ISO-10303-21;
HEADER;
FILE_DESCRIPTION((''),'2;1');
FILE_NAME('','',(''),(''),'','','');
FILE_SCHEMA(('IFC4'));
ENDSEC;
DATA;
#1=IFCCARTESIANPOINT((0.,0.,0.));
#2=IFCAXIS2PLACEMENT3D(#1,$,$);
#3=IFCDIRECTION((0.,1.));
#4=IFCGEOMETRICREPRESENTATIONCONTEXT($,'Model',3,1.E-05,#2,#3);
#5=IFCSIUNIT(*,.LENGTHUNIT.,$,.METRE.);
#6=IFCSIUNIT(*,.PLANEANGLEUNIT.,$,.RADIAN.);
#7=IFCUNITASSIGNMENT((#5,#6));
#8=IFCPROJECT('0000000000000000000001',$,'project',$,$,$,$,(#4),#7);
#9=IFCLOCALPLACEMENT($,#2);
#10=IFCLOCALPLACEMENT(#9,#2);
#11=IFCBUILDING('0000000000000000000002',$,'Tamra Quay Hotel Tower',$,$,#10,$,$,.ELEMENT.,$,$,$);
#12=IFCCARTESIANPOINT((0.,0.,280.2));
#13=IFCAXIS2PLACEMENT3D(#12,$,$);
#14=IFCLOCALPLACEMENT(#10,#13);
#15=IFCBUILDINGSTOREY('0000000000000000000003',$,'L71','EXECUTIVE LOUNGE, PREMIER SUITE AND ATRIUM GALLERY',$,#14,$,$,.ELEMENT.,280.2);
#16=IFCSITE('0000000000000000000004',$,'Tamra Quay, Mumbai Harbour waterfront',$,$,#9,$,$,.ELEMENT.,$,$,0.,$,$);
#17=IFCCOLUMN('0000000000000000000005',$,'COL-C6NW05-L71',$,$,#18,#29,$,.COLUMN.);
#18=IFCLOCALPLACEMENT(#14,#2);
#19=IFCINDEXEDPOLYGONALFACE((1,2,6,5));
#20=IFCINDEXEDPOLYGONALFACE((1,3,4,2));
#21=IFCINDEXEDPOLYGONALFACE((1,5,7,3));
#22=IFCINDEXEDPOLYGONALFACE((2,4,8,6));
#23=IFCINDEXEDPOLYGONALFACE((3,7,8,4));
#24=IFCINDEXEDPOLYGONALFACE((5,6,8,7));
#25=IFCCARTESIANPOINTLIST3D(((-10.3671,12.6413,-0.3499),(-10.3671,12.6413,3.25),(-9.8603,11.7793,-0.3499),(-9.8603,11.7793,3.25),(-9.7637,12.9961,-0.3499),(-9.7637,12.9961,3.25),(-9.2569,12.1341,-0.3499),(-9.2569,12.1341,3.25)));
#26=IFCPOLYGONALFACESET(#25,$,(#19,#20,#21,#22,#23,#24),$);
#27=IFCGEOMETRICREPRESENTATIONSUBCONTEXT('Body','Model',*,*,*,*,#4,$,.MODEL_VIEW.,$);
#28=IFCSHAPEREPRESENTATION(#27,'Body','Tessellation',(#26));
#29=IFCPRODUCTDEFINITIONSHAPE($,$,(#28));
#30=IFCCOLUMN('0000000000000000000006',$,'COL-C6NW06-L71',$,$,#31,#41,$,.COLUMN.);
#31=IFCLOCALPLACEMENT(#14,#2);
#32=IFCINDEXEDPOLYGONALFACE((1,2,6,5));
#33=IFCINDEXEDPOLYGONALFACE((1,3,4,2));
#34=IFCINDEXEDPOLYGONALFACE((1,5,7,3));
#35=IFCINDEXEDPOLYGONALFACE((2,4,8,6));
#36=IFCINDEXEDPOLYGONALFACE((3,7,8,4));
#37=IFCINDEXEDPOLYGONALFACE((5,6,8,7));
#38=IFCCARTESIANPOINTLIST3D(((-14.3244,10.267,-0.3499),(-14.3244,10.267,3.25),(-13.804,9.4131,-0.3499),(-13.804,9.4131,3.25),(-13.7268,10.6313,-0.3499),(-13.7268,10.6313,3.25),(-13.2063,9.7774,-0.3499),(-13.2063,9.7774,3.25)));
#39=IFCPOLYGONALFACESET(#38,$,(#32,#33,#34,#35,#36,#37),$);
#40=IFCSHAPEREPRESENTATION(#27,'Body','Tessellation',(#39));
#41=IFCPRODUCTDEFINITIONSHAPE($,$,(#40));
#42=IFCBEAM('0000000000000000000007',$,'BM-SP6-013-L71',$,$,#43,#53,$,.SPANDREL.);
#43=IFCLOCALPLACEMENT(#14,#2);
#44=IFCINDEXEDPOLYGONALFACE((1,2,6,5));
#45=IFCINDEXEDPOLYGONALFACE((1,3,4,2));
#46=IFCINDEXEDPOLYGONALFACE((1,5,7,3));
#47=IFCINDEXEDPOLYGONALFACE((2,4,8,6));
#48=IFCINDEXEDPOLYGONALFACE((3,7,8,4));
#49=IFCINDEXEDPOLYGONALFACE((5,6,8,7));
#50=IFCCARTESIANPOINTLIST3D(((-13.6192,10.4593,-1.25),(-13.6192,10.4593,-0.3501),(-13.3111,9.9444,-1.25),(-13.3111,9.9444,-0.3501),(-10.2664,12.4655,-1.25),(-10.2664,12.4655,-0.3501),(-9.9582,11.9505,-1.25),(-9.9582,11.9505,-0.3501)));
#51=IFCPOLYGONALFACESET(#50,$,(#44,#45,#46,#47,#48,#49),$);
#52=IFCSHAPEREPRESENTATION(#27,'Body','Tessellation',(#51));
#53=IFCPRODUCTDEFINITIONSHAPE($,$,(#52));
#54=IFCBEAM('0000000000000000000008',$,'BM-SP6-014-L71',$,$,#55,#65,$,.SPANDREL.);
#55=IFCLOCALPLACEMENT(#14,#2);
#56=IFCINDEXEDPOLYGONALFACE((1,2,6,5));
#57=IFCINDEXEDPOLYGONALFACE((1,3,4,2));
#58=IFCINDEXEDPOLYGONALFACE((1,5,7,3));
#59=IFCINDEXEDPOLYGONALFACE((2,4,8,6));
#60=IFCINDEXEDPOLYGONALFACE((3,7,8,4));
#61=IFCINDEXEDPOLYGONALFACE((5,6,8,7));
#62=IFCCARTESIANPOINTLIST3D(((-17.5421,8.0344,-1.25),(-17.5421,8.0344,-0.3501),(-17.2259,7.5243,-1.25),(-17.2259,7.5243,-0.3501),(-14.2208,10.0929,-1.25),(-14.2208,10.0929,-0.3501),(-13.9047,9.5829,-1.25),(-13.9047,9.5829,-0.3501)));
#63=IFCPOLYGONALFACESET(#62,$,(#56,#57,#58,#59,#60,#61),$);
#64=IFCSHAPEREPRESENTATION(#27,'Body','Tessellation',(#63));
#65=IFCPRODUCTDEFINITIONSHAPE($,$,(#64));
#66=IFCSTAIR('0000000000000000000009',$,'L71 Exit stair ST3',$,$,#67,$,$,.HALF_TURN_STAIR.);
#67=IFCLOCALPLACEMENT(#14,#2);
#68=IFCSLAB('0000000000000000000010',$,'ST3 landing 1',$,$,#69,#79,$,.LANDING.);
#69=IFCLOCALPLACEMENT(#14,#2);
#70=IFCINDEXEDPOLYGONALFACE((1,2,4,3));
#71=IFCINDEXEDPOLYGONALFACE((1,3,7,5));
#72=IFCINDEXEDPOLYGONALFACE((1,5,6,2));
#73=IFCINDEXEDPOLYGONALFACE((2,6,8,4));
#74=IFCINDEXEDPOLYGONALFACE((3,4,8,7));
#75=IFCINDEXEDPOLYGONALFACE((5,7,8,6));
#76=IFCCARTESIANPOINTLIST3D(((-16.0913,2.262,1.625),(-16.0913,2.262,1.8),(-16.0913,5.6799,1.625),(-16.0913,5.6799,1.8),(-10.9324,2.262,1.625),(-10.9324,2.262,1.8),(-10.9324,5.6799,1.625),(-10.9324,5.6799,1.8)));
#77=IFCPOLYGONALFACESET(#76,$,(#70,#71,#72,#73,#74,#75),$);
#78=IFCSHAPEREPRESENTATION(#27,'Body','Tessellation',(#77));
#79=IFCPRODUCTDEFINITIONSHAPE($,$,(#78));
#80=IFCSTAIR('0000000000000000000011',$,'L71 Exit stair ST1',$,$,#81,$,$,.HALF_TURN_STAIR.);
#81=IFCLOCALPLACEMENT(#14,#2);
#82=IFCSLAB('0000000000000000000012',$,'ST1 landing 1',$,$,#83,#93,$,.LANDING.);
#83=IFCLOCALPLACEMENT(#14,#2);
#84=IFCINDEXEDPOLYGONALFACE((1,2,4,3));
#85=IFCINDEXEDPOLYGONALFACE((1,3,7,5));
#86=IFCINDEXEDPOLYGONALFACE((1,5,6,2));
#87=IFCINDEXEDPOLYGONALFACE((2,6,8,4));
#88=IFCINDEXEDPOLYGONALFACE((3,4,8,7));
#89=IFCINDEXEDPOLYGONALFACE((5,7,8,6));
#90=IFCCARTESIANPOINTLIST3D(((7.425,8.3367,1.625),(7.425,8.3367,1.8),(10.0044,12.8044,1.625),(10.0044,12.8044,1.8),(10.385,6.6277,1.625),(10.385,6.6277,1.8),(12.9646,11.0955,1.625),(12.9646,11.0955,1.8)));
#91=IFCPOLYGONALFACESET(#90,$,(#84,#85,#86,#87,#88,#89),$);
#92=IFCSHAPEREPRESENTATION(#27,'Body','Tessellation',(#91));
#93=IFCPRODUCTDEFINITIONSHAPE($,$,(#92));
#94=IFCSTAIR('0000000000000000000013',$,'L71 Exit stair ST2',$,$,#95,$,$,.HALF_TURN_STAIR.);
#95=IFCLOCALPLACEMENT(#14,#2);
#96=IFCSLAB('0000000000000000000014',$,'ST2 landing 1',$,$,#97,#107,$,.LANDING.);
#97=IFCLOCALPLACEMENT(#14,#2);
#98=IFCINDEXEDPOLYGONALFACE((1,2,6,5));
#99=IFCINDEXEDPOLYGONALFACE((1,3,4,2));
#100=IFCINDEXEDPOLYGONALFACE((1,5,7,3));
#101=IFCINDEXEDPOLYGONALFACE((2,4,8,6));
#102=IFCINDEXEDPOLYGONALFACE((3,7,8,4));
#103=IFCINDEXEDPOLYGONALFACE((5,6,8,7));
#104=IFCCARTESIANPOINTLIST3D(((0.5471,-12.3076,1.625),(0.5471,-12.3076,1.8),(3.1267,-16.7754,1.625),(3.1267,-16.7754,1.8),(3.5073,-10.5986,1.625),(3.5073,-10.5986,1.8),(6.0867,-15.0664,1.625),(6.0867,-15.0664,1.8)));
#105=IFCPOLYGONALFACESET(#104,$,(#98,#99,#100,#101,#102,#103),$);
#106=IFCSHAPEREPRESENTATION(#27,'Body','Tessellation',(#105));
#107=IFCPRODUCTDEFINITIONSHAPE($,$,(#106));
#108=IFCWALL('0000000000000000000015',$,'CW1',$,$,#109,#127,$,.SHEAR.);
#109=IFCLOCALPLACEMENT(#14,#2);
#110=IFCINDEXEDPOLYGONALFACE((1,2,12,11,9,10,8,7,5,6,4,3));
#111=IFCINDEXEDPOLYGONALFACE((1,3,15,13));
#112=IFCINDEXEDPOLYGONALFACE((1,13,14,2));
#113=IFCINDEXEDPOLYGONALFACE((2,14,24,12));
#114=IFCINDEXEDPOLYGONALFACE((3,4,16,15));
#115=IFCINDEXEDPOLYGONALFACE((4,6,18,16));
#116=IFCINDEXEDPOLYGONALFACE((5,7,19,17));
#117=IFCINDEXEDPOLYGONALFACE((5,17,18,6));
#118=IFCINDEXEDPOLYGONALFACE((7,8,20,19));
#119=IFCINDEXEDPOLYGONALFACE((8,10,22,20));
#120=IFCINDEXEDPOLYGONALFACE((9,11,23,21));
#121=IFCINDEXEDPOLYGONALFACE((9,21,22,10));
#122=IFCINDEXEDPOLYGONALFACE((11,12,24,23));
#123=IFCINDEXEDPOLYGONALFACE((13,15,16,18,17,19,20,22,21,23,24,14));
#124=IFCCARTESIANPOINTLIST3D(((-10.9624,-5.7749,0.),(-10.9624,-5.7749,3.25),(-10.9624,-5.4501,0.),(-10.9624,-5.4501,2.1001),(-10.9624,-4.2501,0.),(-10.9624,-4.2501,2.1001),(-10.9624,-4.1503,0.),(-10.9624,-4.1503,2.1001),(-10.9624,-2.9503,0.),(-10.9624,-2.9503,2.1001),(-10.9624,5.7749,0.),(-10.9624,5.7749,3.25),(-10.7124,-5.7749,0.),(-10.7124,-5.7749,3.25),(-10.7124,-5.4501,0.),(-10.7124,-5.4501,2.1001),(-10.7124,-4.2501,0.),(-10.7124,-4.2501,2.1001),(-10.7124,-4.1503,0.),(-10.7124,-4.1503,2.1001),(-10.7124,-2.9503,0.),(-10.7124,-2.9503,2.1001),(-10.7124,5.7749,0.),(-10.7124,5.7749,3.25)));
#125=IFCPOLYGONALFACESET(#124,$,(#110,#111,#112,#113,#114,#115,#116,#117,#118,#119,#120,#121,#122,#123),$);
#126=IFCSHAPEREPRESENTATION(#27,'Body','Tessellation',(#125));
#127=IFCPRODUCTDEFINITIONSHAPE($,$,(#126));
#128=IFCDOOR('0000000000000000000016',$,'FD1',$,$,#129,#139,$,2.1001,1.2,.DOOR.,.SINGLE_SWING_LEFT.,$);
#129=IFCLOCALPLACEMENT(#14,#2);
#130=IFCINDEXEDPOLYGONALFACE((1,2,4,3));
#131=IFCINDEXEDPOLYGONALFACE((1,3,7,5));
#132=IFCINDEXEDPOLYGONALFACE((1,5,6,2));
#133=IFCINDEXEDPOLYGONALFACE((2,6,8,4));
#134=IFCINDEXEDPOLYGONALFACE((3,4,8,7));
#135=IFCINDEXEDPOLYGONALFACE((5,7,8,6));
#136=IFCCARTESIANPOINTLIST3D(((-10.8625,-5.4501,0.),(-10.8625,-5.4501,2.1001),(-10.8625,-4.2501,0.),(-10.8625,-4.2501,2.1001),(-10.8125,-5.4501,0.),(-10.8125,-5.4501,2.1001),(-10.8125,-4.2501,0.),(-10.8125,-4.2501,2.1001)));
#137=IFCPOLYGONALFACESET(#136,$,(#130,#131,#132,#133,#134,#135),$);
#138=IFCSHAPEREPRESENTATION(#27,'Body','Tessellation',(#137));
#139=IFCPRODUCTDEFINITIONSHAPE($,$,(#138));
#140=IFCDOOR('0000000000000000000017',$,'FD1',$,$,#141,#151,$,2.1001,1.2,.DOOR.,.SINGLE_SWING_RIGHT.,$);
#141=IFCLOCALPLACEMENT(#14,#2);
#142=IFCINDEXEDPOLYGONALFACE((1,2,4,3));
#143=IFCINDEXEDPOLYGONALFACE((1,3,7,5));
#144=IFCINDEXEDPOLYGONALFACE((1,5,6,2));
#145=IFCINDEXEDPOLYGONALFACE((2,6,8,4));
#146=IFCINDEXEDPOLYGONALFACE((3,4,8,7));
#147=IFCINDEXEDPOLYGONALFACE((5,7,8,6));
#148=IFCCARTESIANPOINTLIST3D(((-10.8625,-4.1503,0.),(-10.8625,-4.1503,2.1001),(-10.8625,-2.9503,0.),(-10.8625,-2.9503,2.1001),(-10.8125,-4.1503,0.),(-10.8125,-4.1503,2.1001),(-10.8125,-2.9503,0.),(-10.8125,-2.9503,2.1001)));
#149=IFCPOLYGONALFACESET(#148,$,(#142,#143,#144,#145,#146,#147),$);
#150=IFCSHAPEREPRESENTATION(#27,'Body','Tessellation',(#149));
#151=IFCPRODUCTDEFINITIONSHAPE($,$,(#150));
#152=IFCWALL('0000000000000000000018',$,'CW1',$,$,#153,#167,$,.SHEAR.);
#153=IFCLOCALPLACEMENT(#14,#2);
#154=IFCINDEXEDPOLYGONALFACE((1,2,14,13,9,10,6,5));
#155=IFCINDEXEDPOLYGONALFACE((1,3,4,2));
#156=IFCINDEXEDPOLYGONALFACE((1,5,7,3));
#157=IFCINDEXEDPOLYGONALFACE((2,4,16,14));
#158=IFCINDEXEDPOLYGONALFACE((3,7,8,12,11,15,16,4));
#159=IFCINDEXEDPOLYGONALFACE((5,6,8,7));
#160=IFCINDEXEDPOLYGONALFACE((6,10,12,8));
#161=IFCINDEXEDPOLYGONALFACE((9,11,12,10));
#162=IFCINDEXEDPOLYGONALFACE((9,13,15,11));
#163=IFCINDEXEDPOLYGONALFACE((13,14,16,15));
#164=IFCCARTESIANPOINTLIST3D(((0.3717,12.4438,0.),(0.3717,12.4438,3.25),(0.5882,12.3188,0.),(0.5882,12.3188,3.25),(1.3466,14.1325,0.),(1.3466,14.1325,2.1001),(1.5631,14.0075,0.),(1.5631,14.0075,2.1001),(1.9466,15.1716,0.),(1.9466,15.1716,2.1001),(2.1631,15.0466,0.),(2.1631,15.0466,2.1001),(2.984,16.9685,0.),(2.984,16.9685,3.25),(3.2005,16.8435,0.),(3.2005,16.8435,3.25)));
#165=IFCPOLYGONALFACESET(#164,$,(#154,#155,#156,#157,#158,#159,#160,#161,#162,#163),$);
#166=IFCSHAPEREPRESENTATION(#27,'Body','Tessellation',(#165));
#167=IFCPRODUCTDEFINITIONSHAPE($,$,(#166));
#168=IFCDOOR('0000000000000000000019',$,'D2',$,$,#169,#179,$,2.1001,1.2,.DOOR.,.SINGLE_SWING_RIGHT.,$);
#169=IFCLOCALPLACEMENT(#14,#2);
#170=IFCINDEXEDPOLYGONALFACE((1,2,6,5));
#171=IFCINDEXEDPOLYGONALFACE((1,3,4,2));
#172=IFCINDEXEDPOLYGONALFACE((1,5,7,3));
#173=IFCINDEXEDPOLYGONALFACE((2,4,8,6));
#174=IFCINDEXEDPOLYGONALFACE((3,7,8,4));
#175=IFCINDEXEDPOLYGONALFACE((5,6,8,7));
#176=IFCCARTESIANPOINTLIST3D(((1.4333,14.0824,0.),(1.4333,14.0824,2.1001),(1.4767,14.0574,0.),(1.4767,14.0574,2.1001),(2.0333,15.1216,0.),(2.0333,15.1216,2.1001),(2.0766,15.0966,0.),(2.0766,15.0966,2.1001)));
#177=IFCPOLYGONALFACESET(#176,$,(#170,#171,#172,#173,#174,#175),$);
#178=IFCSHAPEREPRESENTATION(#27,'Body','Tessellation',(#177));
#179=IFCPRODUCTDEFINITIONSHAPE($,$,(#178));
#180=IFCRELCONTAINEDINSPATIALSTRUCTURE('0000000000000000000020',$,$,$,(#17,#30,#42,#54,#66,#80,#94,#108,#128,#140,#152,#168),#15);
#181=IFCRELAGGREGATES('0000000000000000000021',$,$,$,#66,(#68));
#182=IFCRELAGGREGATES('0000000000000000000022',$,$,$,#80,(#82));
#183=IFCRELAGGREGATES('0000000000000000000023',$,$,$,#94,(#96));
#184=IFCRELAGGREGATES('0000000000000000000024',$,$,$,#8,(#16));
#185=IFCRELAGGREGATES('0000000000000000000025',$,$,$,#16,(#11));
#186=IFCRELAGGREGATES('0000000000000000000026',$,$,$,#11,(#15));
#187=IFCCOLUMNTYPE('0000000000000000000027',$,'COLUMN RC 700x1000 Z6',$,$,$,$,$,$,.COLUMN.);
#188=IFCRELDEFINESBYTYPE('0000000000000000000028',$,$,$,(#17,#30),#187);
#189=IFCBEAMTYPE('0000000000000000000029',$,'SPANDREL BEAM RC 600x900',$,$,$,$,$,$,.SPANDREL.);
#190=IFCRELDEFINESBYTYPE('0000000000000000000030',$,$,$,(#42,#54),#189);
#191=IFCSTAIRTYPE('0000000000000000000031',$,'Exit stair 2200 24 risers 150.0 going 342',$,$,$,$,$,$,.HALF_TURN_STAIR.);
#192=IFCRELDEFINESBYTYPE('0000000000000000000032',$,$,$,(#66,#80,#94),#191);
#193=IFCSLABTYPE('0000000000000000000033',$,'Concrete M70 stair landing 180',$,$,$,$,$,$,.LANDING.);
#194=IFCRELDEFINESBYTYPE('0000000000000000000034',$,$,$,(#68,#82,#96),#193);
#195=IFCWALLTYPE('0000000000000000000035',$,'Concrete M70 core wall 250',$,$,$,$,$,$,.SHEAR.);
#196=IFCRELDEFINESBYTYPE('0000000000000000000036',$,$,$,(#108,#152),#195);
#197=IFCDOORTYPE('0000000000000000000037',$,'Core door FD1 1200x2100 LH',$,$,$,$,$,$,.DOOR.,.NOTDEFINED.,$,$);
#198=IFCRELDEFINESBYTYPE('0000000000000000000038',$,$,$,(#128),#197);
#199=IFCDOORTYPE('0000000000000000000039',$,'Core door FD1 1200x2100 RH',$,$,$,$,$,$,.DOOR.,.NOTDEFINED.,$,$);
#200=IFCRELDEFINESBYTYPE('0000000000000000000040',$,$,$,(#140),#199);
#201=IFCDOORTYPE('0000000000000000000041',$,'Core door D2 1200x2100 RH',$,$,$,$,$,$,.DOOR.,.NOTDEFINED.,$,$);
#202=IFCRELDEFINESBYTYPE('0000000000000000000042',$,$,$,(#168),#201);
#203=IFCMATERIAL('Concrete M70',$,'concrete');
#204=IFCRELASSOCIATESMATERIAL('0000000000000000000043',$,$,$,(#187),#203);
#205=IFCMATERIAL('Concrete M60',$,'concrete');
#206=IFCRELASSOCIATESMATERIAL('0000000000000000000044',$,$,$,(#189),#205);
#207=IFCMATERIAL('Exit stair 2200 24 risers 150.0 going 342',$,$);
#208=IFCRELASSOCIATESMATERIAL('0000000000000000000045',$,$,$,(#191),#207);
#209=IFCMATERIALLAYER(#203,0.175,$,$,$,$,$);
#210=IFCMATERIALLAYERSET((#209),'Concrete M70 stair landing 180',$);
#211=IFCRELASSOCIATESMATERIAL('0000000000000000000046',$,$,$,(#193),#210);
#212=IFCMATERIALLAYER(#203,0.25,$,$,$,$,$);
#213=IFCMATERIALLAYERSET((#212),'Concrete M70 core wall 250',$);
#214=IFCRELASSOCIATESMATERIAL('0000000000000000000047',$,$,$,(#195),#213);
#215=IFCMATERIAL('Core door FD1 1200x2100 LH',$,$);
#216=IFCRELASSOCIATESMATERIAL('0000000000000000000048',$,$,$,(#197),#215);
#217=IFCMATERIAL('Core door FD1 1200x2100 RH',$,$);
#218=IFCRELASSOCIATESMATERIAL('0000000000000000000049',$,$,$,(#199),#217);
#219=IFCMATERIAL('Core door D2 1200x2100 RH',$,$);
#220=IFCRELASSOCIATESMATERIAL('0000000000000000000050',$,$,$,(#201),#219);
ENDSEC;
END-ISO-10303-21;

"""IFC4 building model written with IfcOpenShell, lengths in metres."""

from ifc_helpers import new_model, si_unit, direction, frame, frame_2d, origin, origin_2d, place, context, subcontext, project, spatial, polyline, rectangle, outline, extrude, material, layer, layer_set, material_profile, profile_set, type_object, element, fill, aggregate, save


model = new_model("IFC4")

# Units and contexts
model_context = context("Model", 3, precision=1e-05, world=origin(), true_north=direction((0.0, 1.0)))
body_context = subcontext(model_context, "Body", "Model", "MODEL_VIEW")
ifc_project = project(units=[si_unit("LENGTHUNIT", "METRE"), si_unit("PLANEANGLEUNIT", "RADIAN")], contexts=[model_context])

# Site, building, storey
site_placement = place(None, origin())
site = spatial("IfcSite", under=ifc_project, at=site_placement, Name="Tamra Quay, Mumbai Harbour waterfront", CompositionType="ELEMENT", RefElevation=0.0)
building_placement = place(site_placement, origin())
building = spatial("IfcBuilding", under=site, at=building_placement, Name="Tamra Quay Hotel Tower", CompositionType="ELEMENT")
storey_placement = place(building_placement, frame((0.0, 0.0, 280.2)))
storey = spatial("IfcBuildingStorey", under=building, at=storey_placement, Name="L71", Description="EXECUTIVE LOUNGE, PREMIER SUITE AND ATRIUM GALLERY", CompositionType="ELEMENT", Elevation=280.2)

# Columns
ifc_material_1 = material(Name="Concrete M70", Category="concrete")
ifc_material_profile_1 = material_profile(ifc_material_1, rectangle(XDim=1.0, YDim=0.7, at=origin_2d()), Name="COLUMN RC 700x1000 Z6")
ifc_profile_set_1 = profile_set([ifc_material_profile_1], Name="Concrete M70")
column_type = type_object("IfcColumnType", Name="COLUMN RC 700x1000 Z6", PredefinedType="COLUMN", material=ifc_profile_set_1)
for number, where, z_axis, x_axis, name in (
    (1, (-9.812, 12.3877, -0.3499), (0.0, 0.0, 1.0), (-0.506843, 0.862038, 0.0), "COL-C6NW05-L71"),
    (2, (-13.7654, 10.0222, -0.3499), (0.0, 0.0, 1.0), (-0.52043, 0.853904, 0.0), "COL-C6NW06-L71"),
):
    element("IfcColumn", number, at=place(storey_placement, frame(where, z_axis=z_axis, x_axis=x_axis)), inside=storey, type_object=column_type, Name=name, PredefinedType="COLUMN", context=body_context, shape_type="SweptSolid", body=[
        extrude(rectangle(XDim=1.0, YDim=0.7, at=origin_2d()), origin(), (0.0, 0.0, 1.0), 3.5999),
    ])

# Beams
ifc_material_2 = material(Name="Concrete M60", Category="concrete")
ifc_material_profile_2 = material_profile(ifc_material_2, rectangle(XDim=0.6001, YDim=0.8999, at=origin_2d()), Name="SPANDREL BEAM RC 600x900")
ifc_profile_set_2 = profile_set([ifc_material_profile_2], Name="Concrete M60")
beam_type = type_object("IfcBeamType", Name="SPANDREL BEAM RC 600x900", PredefinedType="SPANDREL", material=ifc_profile_set_2)
beam_1_placement = place(storey_placement, frame((-10.1123, 12.208, -0.8), z_axis=(-0.858121, -0.513448, 0.0), x_axis=(0.513448, -0.858121, 0.0)))
element("IfcBeam", 3, at=beam_1_placement, inside=storey, type_object=beam_type, Name="BM-SP6-013-L71", PredefinedType="SPANDREL", context=body_context, shape_type="SweptSolid", body=[
    extrude(rectangle(XDim=0.6001, YDim=0.8999, at=origin_2d()), origin(), (0.0, 0.0, 1.0), 3.9072),
])
beam_2_placement = place(storey_placement, frame((-14.0627, 9.8379, -0.8), z_axis=(-0.849972, -0.526828, 0.0), x_axis=(0.526828, -0.849972, 0.0)))
element("IfcBeam", 4, at=beam_2_placement, inside=storey, type_object=beam_type, Name="BM-SP6-014-L71", PredefinedType="SPANDREL", context=body_context, shape_type="SweptSolid", body=[
    extrude(rectangle(XDim=0.6001, YDim=0.8999, at=origin_2d()), origin(), (0.0, 0.0, 1.0), 3.9075),
])

# Stairs, slabs
ifc_material_3 = material(Name="Exit stair 2200 24 risers 150.0 going 342")
stair_type = type_object("IfcStairType", Name="Exit stair 2200 24 risers 150.0 going 342", PredefinedType="HALF_TURN_STAIR", material=ifc_material_3)
stair_1_placement = place(storey_placement, origin())
stair_1 = element("IfcStair", 5, at=stair_1_placement, inside=storey, type_object=stair_type, Name="L71 Exit stair ST3", PredefinedType="HALF_TURN_STAIR")
ifc_layer_1 = layer(ifc_material_1, 0.175)
ifc_layer_set_1 = layer_set([ifc_layer_1], Name="Concrete M70 stair landing 180")
slab_type_1 = type_object("IfcSlabType", Name="Concrete M70 stair landing 180", PredefinedType="LANDING", material=ifc_layer_set_1)
slab_1_placement = place(storey_placement, frame((0.0, 0.0, 1.625)))
slab_1 = element("IfcSlab", 6, at=slab_1_placement, type_object=slab_type_1, Name="ST3 landing 1", PredefinedType="LANDING", context=body_context, shape_type="SweptSolid", body=[
    extrude(outline(polyline([(-10.9324, 2.262), (-10.9324, 5.6799), (-16.0913, 5.6799), (-16.0913, 2.262), (-10.9324, 2.262)])), origin(), (0.0, 0.0, 1.0), 0.175),
])
aggregate(stair_1, [slab_1])
stair_2_placement = place(storey_placement, origin())
stair_2 = element("IfcStair", 7, at=stair_2_placement, inside=storey, type_object=stair_type, Name="L71 Exit stair ST1", PredefinedType="HALF_TURN_STAIR")
slab_2_placement = place(storey_placement, frame((0.0, 0.0, 1.625)))
slab_2 = element("IfcSlab", 8, at=slab_2_placement, type_object=slab_type_1, Name="ST1 landing 1", PredefinedType="LANDING", context=body_context, shape_type="SweptSolid", body=[
    extrude(outline(polyline([(7.425, 8.3367), (10.385, 6.6277), (12.9646, 11.0955), (10.0044, 12.8044), (7.425, 8.3367)])), origin(), (0.0, 0.0, 1.0), 0.175),
])
aggregate(stair_2, [slab_2])
stair_3_placement = place(storey_placement, origin())
stair_3 = element("IfcStair", 9, at=stair_3_placement, inside=storey, type_object=stair_type, Name="L71 Exit stair ST2", PredefinedType="HALF_TURN_STAIR")
slab_3_placement = place(storey_placement, frame((0.0, 0.0, 1.625)))
slab_3 = element("IfcSlab", 10, at=slab_3_placement, type_object=slab_type_1, Name="ST2 landing 1", PredefinedType="LANDING", context=body_context, shape_type="SweptSolid", body=[
    extrude(outline(polyline([(3.5073, -10.5986), (0.5471, -12.3076), (3.1267, -16.7754), (6.0867, -15.0664), (3.5073, -10.5986)])), origin(), (0.0, 0.0, 1.0), 0.175),
])
aggregate(stair_3, [slab_3])

# Wall, openings, doors
ifc_layer_2 = layer(ifc_material_1, 0.25)
ifc_layer_set_2 = layer_set([ifc_layer_2], Name="Concrete M70 core wall 250")
wall_type_1 = type_object("IfcWallType", Name="Concrete M70 core wall 250", PredefinedType="SHEAR", material=ifc_layer_set_2)
wall_1_placement = place(storey_placement, frame((-10.8374, 5.7749, 0.0), z_axis=(0.0, 0.0, 1.0), x_axis=(0.0, -1.0, 0.0)))
wall_1 = element("IfcWall", 11, at=wall_1_placement, inside=storey, type_object=wall_type_1, Name="CW1", PredefinedType="SHEAR", context=body_context, shape_type="SweptSolid", body=[
    extrude(rectangle(XDim=11.5498, YDim=0.25, at=frame_2d((5.7749, 0.0))), origin(), (0.0, 0.0, 1.0), 3.25),
])
opening_1_placement = place(wall_1_placement, frame((10.0249, 0.0, 0.0)))
opening_1 = element("IfcOpeningElement", 12, at=opening_1_placement, cuts=wall_1, PredefinedType="OPENING", context=body_context, shape_type="SweptSolid", body=[
    extrude(rectangle(XDim=1.2, YDim=2.1001, at=frame_2d((0.6001, 1.05))), frame((0.0, 0.135, 0.0), z_axis=(0.0, -1.0, 0.0), x_axis=(1.0, 0.0, 0.0)), (0.0, 0.0, 1.0), 0.27),
])
opening_2_placement = place(wall_1_placement, frame((8.7251, 0.0, 0.0)))
opening_2 = element("IfcOpeningElement", 13, at=opening_2_placement, cuts=wall_1, PredefinedType="OPENING", context=body_context, shape_type="SweptSolid", body=[
    extrude(rectangle(XDim=1.2, YDim=2.1001, at=frame_2d((0.6001, 1.05))), frame((0.0, 0.135, 0.0), z_axis=(0.0, -1.0, 0.0), x_axis=(1.0, 0.0, 0.0)), (0.0, 0.0, 1.0), 0.27),
])
ifc_material_4 = material(Name="Core door FD1 1200x2100 LH")
door_type_1 = type_object("IfcDoorType", Name="Core door FD1 1200x2100 LH", OperationType="NOTDEFINED", PredefinedType="DOOR", material=ifc_material_4)
door_1_placement = place(opening_1_placement, origin())
door_1 = element("IfcDoor", 14, at=door_1_placement, inside=storey, type_object=door_type_1, Name="FD1", OperationType="SINGLE_SWING_LEFT", OverallHeight=2.1001, OverallWidth=1.2, PredefinedType="DOOR", context=body_context, shape_type="SweptSolid", body=[
    extrude(rectangle(XDim=1.2, YDim=2.1001, at=frame_2d((0.6001, 1.05))), frame((0.0, 0.0249, 0.0), z_axis=(0.0, -1.0, 0.0), x_axis=(1.0, 0.0, 0.0)), (0.0, 0.0, 1.0), 0.05),
])
fill(opening_1, door_1)
ifc_material_5 = material(Name="Core door FD1 1200x2100 RH")
door_type_2 = type_object("IfcDoorType", Name="Core door FD1 1200x2100 RH", OperationType="NOTDEFINED", PredefinedType="DOOR", material=ifc_material_5)
door_2_placement = place(opening_2_placement, origin())
door_2 = element("IfcDoor", 15, at=door_2_placement, inside=storey, type_object=door_type_2, Name="FD1", OperationType="SINGLE_SWING_RIGHT", OverallHeight=2.1001, OverallWidth=1.2, PredefinedType="DOOR", context=body_context, shape_type="SweptSolid", body=[
    extrude(rectangle(XDim=1.2, YDim=2.1001, at=frame_2d((0.6001, 1.05))), frame((0.0, 0.0249, 0.0), z_axis=(0.0, -1.0, 0.0), x_axis=(1.0, 0.0, 0.0)), (0.0, 0.0, 1.0), 0.05),
])
fill(opening_2, door_2)

# Wall, opening, door
wall_2_placement = place(storey_placement, frame((0.48, 12.3813, 0.0), z_axis=(0.0, 0.0, 1.0), x_axis=(0.499999, 0.866026, 0.0)))
wall_2 = element("IfcWall", 16, at=wall_2_placement, inside=storey, type_object=wall_type_1, Name="CW1", PredefinedType="SHEAR", context=body_context, shape_type="SweptSolid", body=[
    extrude(rectangle(XDim=5.2246, YDim=0.25, at=frame_2d((2.6123, 0.0))), origin(), (0.0, 0.0, 1.0), 3.25),
])
opening_3_placement = place(wall_2_placement, frame((1.9497, 0.0, 0.0)))
opening_3 = element("IfcOpeningElement", 17, at=opening_3_placement, cuts=wall_2, PredefinedType="OPENING", context=body_context, shape_type="SweptSolid", body=[
    extrude(rectangle(XDim=1.2, YDim=2.1001, at=frame_2d((0.6001, 1.05))), frame((0.0, 0.135, 0.0), z_axis=(0.0, -1.0, 0.0), x_axis=(1.0, 0.0, 0.0)), (0.0, 0.0, 1.0), 0.27),
])
ifc_material_6 = material(Name="Core door D2 1200x2100 RH")
door_type_3 = type_object("IfcDoorType", Name="Core door D2 1200x2100 RH", OperationType="NOTDEFINED", PredefinedType="DOOR", material=ifc_material_6)
door_3_placement = place(opening_3_placement, origin())
door_3 = element("IfcDoor", 18, at=door_3_placement, inside=storey, type_object=door_type_3, Name="D2", OperationType="SINGLE_SWING_RIGHT", OverallHeight=2.1001, OverallWidth=1.2, PredefinedType="DOOR", context=body_context, shape_type="SweptSolid", body=[
    extrude(rectangle(XDim=1.2, YDim=2.1001, at=frame_2d((0.6001, 1.05))), frame((0.0, 0.0249, 0.0), z_axis=(0.0, -1.0, 0.0), x_axis=(1.0, 0.0, 0.0)), (0.0, 0.0, 1.0), 0.05),
])
fill(opening_3, door_3)

save(model, "model.ifc")
